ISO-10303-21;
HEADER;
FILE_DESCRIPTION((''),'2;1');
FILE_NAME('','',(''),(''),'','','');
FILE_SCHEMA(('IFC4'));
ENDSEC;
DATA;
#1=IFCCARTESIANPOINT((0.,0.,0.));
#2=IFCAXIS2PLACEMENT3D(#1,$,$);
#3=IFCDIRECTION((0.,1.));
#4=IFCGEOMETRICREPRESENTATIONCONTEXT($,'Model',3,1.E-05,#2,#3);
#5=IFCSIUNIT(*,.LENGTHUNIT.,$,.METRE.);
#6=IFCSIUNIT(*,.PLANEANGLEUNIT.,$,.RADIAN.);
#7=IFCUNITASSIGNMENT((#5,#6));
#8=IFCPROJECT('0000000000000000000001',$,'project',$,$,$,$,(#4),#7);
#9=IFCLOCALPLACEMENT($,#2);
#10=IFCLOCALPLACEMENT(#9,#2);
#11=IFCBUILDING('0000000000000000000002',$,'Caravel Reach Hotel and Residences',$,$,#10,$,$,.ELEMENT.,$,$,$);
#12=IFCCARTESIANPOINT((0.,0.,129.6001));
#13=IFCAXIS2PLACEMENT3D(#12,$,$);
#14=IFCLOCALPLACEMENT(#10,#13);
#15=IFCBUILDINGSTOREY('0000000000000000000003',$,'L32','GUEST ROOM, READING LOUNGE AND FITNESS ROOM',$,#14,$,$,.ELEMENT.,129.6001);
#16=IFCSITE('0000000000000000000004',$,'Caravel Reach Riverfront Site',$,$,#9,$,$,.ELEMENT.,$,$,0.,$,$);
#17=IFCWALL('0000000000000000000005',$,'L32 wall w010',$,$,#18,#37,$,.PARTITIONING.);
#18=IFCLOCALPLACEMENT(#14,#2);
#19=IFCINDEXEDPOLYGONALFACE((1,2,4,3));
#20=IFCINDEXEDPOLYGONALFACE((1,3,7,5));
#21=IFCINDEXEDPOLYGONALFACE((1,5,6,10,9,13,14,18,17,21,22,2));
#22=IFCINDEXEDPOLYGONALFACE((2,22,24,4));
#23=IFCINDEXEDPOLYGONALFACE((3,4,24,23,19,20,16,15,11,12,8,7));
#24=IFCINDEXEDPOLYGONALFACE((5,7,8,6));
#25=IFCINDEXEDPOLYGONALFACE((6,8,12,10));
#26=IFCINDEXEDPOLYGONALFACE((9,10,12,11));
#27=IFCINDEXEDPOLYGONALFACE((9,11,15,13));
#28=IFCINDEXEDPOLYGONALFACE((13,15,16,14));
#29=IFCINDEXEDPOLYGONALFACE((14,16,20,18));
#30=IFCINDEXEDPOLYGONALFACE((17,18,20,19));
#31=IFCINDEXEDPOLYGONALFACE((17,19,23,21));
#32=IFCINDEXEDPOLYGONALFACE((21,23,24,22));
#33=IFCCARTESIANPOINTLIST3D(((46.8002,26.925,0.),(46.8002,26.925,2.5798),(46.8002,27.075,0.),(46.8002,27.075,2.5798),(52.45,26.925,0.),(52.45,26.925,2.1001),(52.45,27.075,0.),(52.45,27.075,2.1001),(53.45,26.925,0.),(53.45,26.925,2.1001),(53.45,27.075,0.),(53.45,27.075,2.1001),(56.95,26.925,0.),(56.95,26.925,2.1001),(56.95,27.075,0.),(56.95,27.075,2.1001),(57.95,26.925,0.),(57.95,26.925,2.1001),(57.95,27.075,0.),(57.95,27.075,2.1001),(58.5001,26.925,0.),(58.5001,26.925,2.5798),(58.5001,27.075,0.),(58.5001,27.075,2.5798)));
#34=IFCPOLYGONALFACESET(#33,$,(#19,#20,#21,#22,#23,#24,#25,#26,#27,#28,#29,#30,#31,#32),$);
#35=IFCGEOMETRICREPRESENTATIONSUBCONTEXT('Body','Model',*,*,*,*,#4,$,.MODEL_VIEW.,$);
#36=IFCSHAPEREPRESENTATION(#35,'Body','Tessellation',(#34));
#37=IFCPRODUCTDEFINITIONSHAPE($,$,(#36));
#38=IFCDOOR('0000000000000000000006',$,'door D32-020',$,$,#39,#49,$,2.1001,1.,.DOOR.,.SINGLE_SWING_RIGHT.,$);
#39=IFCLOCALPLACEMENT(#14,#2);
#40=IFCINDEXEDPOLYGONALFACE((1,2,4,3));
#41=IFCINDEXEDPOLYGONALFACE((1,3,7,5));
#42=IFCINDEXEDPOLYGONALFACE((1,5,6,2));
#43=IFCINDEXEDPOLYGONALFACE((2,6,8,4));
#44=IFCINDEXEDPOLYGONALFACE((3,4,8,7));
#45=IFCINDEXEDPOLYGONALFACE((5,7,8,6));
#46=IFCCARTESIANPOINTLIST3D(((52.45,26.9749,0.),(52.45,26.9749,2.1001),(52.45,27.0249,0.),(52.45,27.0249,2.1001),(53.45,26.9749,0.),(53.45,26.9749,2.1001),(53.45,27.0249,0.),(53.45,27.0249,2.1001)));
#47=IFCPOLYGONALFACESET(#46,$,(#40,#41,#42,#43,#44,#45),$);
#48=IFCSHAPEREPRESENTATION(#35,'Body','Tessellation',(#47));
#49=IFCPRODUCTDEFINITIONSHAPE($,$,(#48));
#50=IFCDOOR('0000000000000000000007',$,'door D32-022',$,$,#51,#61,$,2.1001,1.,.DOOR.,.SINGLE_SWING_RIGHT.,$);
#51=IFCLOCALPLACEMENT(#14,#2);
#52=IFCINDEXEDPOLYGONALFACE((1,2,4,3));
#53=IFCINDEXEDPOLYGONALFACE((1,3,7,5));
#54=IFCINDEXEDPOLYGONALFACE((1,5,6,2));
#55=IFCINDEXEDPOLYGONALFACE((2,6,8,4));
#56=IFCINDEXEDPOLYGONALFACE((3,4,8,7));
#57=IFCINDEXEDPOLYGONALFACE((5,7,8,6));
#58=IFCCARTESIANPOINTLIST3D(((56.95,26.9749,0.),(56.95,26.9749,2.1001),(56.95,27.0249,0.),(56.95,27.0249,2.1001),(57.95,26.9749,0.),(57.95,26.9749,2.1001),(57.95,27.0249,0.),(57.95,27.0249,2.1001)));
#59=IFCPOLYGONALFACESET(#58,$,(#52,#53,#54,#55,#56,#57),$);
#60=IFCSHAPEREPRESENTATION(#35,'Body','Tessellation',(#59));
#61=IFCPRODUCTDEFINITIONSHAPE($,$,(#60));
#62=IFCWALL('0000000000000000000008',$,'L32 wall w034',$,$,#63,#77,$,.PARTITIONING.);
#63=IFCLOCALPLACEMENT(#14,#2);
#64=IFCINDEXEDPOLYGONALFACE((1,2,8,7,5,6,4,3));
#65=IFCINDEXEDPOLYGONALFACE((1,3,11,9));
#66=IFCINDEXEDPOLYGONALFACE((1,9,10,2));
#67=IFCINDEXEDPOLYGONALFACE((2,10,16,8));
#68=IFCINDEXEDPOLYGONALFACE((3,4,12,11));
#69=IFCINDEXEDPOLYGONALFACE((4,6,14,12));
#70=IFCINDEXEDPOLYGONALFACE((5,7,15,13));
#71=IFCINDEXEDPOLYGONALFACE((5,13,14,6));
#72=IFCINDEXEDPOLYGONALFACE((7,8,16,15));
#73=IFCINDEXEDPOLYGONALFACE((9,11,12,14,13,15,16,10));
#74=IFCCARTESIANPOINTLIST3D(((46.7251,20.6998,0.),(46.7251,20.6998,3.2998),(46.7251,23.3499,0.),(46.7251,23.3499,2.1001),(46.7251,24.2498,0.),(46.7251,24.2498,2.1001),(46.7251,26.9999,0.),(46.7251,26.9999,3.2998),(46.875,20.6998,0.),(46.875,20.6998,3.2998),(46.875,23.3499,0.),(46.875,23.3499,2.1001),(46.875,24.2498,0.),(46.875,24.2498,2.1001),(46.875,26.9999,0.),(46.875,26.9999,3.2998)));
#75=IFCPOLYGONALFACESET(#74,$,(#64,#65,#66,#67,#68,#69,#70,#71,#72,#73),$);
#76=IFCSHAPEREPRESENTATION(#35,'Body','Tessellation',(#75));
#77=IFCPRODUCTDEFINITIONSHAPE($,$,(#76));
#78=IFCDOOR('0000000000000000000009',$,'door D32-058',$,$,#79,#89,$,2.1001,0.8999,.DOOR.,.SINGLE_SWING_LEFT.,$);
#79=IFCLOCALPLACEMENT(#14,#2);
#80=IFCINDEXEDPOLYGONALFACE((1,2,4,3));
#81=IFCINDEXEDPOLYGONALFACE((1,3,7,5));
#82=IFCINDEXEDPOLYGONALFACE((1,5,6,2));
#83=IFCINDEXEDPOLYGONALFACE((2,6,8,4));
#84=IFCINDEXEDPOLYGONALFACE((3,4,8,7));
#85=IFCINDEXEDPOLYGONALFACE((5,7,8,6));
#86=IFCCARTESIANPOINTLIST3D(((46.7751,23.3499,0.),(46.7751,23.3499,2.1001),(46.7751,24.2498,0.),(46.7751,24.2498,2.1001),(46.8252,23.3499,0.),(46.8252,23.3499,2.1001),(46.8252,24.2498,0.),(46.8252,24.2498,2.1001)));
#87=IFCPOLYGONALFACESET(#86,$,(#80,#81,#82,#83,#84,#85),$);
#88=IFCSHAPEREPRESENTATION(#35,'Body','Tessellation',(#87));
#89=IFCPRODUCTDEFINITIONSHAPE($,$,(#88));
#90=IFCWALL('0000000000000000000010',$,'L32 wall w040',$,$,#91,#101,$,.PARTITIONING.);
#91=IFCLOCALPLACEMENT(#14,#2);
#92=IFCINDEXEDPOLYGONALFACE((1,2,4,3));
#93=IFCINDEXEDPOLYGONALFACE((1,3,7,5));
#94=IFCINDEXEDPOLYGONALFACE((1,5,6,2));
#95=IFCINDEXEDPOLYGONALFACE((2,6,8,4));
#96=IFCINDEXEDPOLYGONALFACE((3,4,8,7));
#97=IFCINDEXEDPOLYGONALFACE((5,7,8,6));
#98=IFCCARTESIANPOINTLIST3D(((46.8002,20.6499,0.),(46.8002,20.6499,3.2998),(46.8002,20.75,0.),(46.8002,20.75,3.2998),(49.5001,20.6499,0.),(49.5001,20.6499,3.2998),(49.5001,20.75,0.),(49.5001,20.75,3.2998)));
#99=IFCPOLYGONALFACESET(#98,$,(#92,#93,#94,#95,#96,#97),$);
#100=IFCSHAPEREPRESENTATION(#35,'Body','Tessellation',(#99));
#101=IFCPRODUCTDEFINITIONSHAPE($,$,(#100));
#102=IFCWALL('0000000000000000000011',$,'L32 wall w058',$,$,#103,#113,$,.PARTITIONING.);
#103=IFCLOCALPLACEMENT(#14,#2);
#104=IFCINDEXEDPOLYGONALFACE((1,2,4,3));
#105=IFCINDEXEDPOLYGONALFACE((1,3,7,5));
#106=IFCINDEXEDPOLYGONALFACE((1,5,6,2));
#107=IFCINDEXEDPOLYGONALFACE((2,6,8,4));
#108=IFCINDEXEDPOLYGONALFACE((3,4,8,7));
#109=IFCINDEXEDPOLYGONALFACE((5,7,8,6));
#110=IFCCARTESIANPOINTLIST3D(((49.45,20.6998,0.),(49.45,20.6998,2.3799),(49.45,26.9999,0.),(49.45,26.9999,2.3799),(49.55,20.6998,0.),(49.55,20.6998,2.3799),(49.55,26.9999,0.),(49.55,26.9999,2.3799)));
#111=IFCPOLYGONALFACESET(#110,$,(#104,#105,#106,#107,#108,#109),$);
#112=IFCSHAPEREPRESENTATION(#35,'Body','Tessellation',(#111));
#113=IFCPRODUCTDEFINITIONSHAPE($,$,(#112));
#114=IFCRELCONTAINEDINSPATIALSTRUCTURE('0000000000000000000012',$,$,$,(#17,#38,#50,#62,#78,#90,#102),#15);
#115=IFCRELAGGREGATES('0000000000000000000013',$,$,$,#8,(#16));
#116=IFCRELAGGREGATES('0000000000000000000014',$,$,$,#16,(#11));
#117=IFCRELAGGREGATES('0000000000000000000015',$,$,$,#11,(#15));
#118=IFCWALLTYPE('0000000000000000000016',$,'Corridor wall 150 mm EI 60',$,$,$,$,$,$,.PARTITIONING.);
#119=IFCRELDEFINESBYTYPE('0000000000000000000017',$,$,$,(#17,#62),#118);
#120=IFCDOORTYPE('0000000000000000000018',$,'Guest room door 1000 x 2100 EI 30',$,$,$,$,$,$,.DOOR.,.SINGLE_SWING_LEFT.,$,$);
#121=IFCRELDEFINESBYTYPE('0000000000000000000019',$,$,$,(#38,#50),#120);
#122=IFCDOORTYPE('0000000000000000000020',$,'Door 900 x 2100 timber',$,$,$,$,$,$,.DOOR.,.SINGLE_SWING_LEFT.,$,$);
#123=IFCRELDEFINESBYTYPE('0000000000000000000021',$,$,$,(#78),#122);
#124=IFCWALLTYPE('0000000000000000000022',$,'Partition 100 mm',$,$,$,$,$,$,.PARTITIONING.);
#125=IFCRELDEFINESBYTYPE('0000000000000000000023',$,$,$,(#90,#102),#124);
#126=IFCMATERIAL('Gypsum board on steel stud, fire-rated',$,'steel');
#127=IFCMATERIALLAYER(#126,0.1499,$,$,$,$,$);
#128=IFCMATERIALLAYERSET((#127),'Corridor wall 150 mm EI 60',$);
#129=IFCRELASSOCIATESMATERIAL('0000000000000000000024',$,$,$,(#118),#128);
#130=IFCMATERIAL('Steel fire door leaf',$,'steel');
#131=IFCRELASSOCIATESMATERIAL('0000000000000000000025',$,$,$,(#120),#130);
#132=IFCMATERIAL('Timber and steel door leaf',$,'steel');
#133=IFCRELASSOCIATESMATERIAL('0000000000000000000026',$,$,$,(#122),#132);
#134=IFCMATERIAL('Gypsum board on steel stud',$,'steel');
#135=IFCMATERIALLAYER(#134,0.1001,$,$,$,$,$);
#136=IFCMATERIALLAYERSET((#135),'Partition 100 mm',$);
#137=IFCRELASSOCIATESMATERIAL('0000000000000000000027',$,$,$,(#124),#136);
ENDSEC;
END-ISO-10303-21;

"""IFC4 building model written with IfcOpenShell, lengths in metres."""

from ifc_helpers import new_model, si_unit, direction, frame, frame_2d, origin, place, context, subcontext, project, spatial, rectangle, extrude, material, layer, layer_set, type_object, element, fill, save


model = new_model("IFC4")

# Units and contexts
model_context = context("Model", 3, precision=1e-05, world=origin(), true_north=direction((0.0, 1.0)))
body_context = subcontext(model_context, "Body", "Model", "MODEL_VIEW")
ifc_project = project(units=[si_unit("LENGTHUNIT", "METRE"), si_unit("PLANEANGLEUNIT", "RADIAN")], contexts=[model_context])

# Site, building, storey
site_placement = place(None, origin())
site = spatial("IfcSite", under=ifc_project, at=site_placement, Name="Caravel Reach Riverfront Site", CompositionType="ELEMENT", RefElevation=0.0)
building_placement = place(site_placement, origin())
building = spatial("IfcBuilding", under=site, at=building_placement, Name="Caravel Reach Hotel and Residences", CompositionType="ELEMENT")
storey_placement = place(building_placement, frame((0.0, 0.0, 129.6001)))
storey = spatial("IfcBuildingStorey", under=building, at=storey_placement, Name="L32", Description="GUEST ROOM, READING LOUNGE AND FITNESS ROOM", CompositionType="ELEMENT", Elevation=129.6001)

# Wall, openings, doors
ifc_material_1 = material(Name="Gypsum board on steel stud, fire-rated", Category="steel")
ifc_layer_1 = layer(ifc_material_1, 0.1499)
ifc_layer_set_1 = layer_set([ifc_layer_1], Name="Corridor wall 150 mm EI 60")
wall_type_1 = type_object("IfcWallType", Name="Corridor wall 150 mm EI 60", PredefinedType="PARTITIONING", material=ifc_layer_set_1)
wall_1_placement = place(storey_placement, frame((46.8, 27.0, 0.0), z_axis=(0.0, 0.0, 1.0), x_axis=(1.0, 0.0, 0.0)))
wall_1 = element("IfcWall", 1, at=wall_1_placement, inside=storey, type_object=wall_type_1, Name="L32 wall w010", PredefinedType="PARTITIONING", context=body_context, shape_type="SweptSolid", body=[
    extrude(rectangle(XDim=11.7, YDim=0.1499, at=frame_2d((5.8501, 0.0))), origin(), (0.0, 0.0, 1.0), 2.5798),
])
opening_1_placement = place(wall_1_placement, frame((5.6499, 0.0, 0.0)))
opening_1 = element("IfcOpeningElement", 2, at=opening_1_placement, cuts=wall_1, PredefinedType="OPENING", context=body_context, shape_type="SweptSolid", body=[
    extrude(rectangle(XDim=1.0, YDim=2.1001, at=frame_2d((0.5, 1.05))), frame((0.0, 0.085, 0.0), z_axis=(0.0, -1.0, 0.0), x_axis=(1.0, 0.0, 0.0)), (0.0, 0.0, 1.0), 0.1699),
])
opening_2_placement = place(wall_1_placement, frame((10.1499, 0.0, 0.0)))
opening_2 = element("IfcOpeningElement", 3, at=opening_2_placement, cuts=wall_1, PredefinedType="OPENING", context=body_context, shape_type="SweptSolid", body=[
    extrude(rectangle(XDim=1.0, YDim=2.1001, at=frame_2d((0.5, 1.05))), frame((0.0, 0.085, 0.0), z_axis=(0.0, -1.0, 0.0), x_axis=(1.0, 0.0, 0.0)), (0.0, 0.0, 1.0), 0.1699),
])
ifc_material_2 = material(Name="Steel fire door leaf", Category="steel")
door_type_1 = type_object("IfcDoorType", Name="Guest room door 1000 x 2100 EI 30", OperationType="SINGLE_SWING_LEFT", PredefinedType="DOOR", material=ifc_material_2)
door_1_placement = place(opening_1_placement, origin())
door_1 = element("IfcDoor", 4, at=door_1_placement, inside=storey, type_object=door_type_1, Name="door D32-020", OperationType="SINGLE_SWING_RIGHT", OverallHeight=2.1001, OverallWidth=1.0, PredefinedType="DOOR", context=body_context, shape_type="SweptSolid", body=[
    extrude(rectangle(XDim=1.0, YDim=2.1001, at=frame_2d((0.5, 1.05))), frame((0.0, 0.0249, 0.0), z_axis=(0.0, -1.0, 0.0), x_axis=(1.0, 0.0, 0.0)), (0.0, 0.0, 1.0), 0.05),
])
fill(opening_1, door_1)
door_2_placement = place(opening_2_placement, origin())
door_2 = element("IfcDoor", 5, at=door_2_placement, inside=storey, type_object=door_type_1, Name="door D32-022", OperationType="SINGLE_SWING_RIGHT", OverallHeight=2.1001, OverallWidth=1.0, PredefinedType="DOOR", context=body_context, shape_type="SweptSolid", body=[
    extrude(rectangle(XDim=1.0, YDim=2.1001, at=frame_2d((0.5, 1.05))), frame((0.0, 0.0249, 0.0), z_axis=(0.0, -1.0, 0.0), x_axis=(1.0, 0.0, 0.0)), (0.0, 0.0, 1.0), 0.05),
])
fill(opening_2, door_2)

# Wall, opening, door
wall_2_placement = place(storey_placement, frame((46.8, 20.7, 0.0), z_axis=(0.0, 0.0, 1.0), x_axis=(0.0, 1.0, 0.0)))
wall_2 = element("IfcWall", 6, at=wall_2_placement, inside=storey, type_object=wall_type_1, Name="L32 wall w034", PredefinedType="PARTITIONING", context=body_context, shape_type="SweptSolid", body=[
    extrude(rectangle(XDim=6.3, YDim=0.1499, at=frame_2d((3.1499, 0.0))), origin(), (0.0, 0.0, 1.0), 3.2998),
])
opening_3_placement = place(wall_2_placement, frame((2.6499, 0.0, 0.0)))
opening_3 = element("IfcOpeningElement", 7, at=opening_3_placement, cuts=wall_2, PredefinedType="OPENING", context=body_context, shape_type="SweptSolid", body=[
    extrude(rectangle(XDim=0.8999, YDim=2.1001, at=frame_2d((0.45, 1.05))), frame((0.0, 0.085, 0.0), z_axis=(0.0, -1.0, 0.0), x_axis=(1.0, 0.0, 0.0)), (0.0, 0.0, 1.0), 0.1699),
])
ifc_material_3 = material(Name="Timber and steel door leaf", Category="steel")
door_type_2 = type_object("IfcDoorType", Name="Door 900 x 2100 timber", OperationType="SINGLE_SWING_LEFT", PredefinedType="DOOR", material=ifc_material_3)
door_3_placement = place(opening_3_placement, origin())
door_3 = element("IfcDoor", 8, at=door_3_placement, inside=storey, type_object=door_type_2, Name="door D32-058", OperationType="SINGLE_SWING_LEFT", OverallHeight=2.1001, OverallWidth=0.8999, PredefinedType="DOOR", context=body_context, shape_type="SweptSolid", body=[
    extrude(rectangle(XDim=0.8999, YDim=2.1001, at=frame_2d((0.45, 1.05))), frame((0.0, 0.0249, 0.0), z_axis=(0.0, -1.0, 0.0), x_axis=(1.0, 0.0, 0.0)), (0.0, 0.0, 1.0), 0.05),
])
fill(opening_3, door_3)

# Walls
ifc_material_4 = material(Name="Gypsum board on steel stud", Category="steel")
ifc_layer_2 = layer(ifc_material_4, 0.1001)
ifc_layer_set_2 = layer_set([ifc_layer_2], Name="Partition 100 mm")
wall_type_2 = type_object("IfcWallType", Name="Partition 100 mm", PredefinedType="PARTITIONING", material=ifc_layer_set_2)
wall_3_placement = place(storey_placement, frame((46.8, 20.7, 0.0), z_axis=(0.0, 0.0, 1.0), x_axis=(1.0, 0.0, 0.0)))
element("IfcWall", 9, at=wall_3_placement, inside=storey, type_object=wall_type_2, Name="L32 wall w040", PredefinedType="PARTITIONING", context=body_context, shape_type="SweptSolid", body=[
    extrude(rectangle(XDim=2.7, YDim=0.1001, at=frame_2d((1.3501, 0.0))), origin(), (0.0, 0.0, 1.0), 3.2998),
])
wall_4_placement = place(storey_placement, frame((49.5, 20.7, 0.0), z_axis=(0.0, 0.0, 1.0), x_axis=(0.0, 1.0, 0.0)))
element("IfcWall", 10, at=wall_4_placement, inside=storey, type_object=wall_type_2, Name="L32 wall w058", PredefinedType="PARTITIONING", context=body_context, shape_type="SweptSolid", body=[
    extrude(rectangle(XDim=6.3, YDim=0.1001, at=frame_2d((3.1499, 0.0))), origin(), (0.0, 0.0, 1.0), 2.3799),
])

save(model, "model.ifc")
